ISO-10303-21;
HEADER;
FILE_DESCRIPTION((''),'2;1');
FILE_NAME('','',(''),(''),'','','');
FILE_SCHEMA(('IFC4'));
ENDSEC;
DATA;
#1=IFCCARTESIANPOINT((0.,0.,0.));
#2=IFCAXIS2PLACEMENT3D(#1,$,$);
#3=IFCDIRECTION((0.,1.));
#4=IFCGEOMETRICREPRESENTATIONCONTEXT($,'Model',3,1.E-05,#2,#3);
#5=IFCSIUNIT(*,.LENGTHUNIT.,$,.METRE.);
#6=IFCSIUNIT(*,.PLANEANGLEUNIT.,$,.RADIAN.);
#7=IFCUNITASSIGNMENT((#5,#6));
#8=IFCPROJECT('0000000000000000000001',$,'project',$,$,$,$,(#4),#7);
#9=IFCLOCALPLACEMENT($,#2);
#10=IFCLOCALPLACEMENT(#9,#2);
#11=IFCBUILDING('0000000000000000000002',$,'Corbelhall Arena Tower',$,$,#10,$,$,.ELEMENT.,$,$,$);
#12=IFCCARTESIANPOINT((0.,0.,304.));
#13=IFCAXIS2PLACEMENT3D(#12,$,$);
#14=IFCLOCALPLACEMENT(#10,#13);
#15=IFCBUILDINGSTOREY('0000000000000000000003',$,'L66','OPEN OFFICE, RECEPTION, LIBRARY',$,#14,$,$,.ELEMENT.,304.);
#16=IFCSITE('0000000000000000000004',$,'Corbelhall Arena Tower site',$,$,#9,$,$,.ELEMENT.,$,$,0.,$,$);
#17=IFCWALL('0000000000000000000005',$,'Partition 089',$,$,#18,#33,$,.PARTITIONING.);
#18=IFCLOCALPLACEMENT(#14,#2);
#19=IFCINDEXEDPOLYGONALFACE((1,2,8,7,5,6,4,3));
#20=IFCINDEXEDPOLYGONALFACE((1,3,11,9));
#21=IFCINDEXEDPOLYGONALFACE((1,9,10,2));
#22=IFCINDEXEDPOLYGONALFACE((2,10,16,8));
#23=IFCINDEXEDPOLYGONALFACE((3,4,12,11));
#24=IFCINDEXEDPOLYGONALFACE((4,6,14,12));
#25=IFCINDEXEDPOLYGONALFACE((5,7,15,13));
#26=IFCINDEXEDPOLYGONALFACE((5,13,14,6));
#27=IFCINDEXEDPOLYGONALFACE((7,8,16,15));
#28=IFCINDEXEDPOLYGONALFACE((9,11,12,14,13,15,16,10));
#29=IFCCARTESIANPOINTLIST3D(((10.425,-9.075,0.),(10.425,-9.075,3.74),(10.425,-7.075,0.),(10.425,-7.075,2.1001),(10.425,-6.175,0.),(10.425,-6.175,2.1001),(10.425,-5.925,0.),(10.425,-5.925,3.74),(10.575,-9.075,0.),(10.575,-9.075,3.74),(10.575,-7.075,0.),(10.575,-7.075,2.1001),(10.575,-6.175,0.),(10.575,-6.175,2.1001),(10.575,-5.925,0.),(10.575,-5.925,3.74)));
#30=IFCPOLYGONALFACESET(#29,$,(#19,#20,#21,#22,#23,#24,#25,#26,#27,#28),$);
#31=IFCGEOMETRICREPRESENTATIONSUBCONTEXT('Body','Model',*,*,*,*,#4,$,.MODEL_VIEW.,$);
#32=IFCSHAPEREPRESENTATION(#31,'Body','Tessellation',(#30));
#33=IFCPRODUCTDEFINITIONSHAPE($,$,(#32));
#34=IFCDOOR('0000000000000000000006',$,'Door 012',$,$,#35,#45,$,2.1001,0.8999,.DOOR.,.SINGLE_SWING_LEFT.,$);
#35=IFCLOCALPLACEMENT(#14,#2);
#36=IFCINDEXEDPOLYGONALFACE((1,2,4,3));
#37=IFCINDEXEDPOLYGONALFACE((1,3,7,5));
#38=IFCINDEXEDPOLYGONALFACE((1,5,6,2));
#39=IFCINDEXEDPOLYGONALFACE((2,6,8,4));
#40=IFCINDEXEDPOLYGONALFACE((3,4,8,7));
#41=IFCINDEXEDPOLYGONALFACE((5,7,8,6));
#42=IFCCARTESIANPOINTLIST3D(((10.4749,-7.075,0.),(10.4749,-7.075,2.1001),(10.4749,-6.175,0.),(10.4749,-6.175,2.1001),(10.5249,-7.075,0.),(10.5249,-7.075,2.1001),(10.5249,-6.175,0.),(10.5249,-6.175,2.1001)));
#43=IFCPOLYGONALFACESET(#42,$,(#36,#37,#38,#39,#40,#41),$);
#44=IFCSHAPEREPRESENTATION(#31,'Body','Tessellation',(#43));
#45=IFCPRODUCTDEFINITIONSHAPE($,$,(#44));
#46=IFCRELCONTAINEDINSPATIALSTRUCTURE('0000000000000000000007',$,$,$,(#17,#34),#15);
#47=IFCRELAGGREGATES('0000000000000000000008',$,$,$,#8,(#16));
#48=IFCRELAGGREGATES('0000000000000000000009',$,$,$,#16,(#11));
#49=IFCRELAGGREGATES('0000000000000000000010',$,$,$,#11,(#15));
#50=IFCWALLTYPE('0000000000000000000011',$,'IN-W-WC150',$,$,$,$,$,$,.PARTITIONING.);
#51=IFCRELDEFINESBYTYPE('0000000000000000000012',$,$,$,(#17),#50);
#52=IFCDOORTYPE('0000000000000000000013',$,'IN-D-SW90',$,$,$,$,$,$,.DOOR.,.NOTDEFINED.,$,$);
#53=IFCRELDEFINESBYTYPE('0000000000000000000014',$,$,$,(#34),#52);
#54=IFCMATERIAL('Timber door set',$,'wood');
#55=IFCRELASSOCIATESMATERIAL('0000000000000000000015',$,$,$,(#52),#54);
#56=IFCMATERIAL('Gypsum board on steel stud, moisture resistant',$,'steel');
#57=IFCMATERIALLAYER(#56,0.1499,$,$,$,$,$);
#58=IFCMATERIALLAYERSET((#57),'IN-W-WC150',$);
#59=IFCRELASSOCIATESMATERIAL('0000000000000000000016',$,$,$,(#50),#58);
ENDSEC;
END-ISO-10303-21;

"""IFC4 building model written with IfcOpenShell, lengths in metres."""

from ifc_helpers import new_model, si_unit, direction, frame, frame_2d, origin, place, context, subcontext, project, spatial, rectangle, extrude, material, layer, layer_set, type_object, element, fill, save


model = new_model("IFC4")

# Units and contexts
model_context = context("Model", 3, precision=1e-05, world=origin(), true_north=direction((0.0, 1.0)))
body_context = subcontext(model_context, "Body", "Model", "MODEL_VIEW")
ifc_project = project(units=[si_unit("LENGTHUNIT", "METRE"), si_unit("PLANEANGLEUNIT", "RADIAN")], contexts=[model_context])

# Site, building, storey
site_placement = place(None, origin())
site = spatial("IfcSite", under=ifc_project, at=site_placement, Name="Corbelhall Arena Tower site", CompositionType="ELEMENT", RefElevation=0.0)
building_placement = place(site_placement, origin())
building = spatial("IfcBuilding", under=site, at=building_placement, Name="Corbelhall Arena Tower", CompositionType="ELEMENT")
storey_placement = place(building_placement, frame((0.0, 0.0, 304.0)))
storey = spatial("IfcBuildingStorey", under=building, at=storey_placement, Name="L66", Description="OPEN OFFICE, RECEPTION, LIBRARY", CompositionType="ELEMENT", Elevation=304.0)

# Shared definitions
ifc_material_1 = material(Name="Timber door set", Category="wood")
door_type_1 = type_object("IfcDoorType", Name="IN-D-SW90", OperationType="NOTDEFINED", PredefinedType="DOOR", material=ifc_material_1)

# Shared definitions
ifc_material_2 = material(Name="Gypsum board on steel stud, moisture resistant", Category="steel")
ifc_layer_1 = layer(ifc_material_2, 0.1499)
ifc_layer_set_1 = layer_set([ifc_layer_1], Name="IN-W-WC150")
wall_type_1 = type_object("IfcWallType", Name="IN-W-WC150", PredefinedType="PARTITIONING", material=ifc_layer_set_1)

# Wall, opening, door
wall_1_placement = place(storey_placement, frame((10.5, -5.925, 0.0), z_axis=(0.0, 0.0, 1.0), x_axis=(0.0, -1.0, 0.0)))
wall_1 = element("IfcWall", 1, at=wall_1_placement, inside=storey, type_object=wall_type_1, Name="Partition 089", PredefinedType="PARTITIONING", context=body_context, shape_type="SweptSolid", body=[
    extrude(rectangle(XDim=3.1499, YDim=0.1499, at=frame_2d((1.575, 0.0))), origin(), (0.0, 0.0, 1.0), 3.74),
])
opening_1_placement = place(wall_1_placement, frame((0.25, 0.0, 0.0)))
opening_1 = element("IfcOpeningElement", 2, at=opening_1_placement, cuts=wall_1, PredefinedType="OPENING", context=body_context, shape_type="SweptSolid", body=[
    extrude(rectangle(XDim=0.8999, YDim=2.1001, at=frame_2d((0.45, 1.05))), frame((0.0, 0.075, 0.0), z_axis=(0.0, -1.0, 0.0), x_axis=(1.0, 0.0, 0.0)), (0.0, 0.0, 1.0), 0.1499),
])
door_1_placement = place(opening_1_placement, origin())
door_1 = element("IfcDoor", 3, at=door_1_placement, inside=storey, type_object=door_type_1, Name="Door 012", OperationType="SINGLE_SWING_LEFT", OverallHeight=2.1001, OverallWidth=0.8999, PredefinedType="DOOR", context=body_context, shape_type="SweptSolid", body=[
    extrude(rectangle(XDim=0.8999, YDim=2.1001, at=frame_2d((0.45, 1.05))), frame((0.0, 0.0249, 0.0), z_axis=(0.0, -1.0, 0.0), x_axis=(1.0, 0.0, 0.0)), (0.0, 0.0, 1.0), 0.05),
])
fill(opening_1, door_1)

save(model, "model.ifc")
